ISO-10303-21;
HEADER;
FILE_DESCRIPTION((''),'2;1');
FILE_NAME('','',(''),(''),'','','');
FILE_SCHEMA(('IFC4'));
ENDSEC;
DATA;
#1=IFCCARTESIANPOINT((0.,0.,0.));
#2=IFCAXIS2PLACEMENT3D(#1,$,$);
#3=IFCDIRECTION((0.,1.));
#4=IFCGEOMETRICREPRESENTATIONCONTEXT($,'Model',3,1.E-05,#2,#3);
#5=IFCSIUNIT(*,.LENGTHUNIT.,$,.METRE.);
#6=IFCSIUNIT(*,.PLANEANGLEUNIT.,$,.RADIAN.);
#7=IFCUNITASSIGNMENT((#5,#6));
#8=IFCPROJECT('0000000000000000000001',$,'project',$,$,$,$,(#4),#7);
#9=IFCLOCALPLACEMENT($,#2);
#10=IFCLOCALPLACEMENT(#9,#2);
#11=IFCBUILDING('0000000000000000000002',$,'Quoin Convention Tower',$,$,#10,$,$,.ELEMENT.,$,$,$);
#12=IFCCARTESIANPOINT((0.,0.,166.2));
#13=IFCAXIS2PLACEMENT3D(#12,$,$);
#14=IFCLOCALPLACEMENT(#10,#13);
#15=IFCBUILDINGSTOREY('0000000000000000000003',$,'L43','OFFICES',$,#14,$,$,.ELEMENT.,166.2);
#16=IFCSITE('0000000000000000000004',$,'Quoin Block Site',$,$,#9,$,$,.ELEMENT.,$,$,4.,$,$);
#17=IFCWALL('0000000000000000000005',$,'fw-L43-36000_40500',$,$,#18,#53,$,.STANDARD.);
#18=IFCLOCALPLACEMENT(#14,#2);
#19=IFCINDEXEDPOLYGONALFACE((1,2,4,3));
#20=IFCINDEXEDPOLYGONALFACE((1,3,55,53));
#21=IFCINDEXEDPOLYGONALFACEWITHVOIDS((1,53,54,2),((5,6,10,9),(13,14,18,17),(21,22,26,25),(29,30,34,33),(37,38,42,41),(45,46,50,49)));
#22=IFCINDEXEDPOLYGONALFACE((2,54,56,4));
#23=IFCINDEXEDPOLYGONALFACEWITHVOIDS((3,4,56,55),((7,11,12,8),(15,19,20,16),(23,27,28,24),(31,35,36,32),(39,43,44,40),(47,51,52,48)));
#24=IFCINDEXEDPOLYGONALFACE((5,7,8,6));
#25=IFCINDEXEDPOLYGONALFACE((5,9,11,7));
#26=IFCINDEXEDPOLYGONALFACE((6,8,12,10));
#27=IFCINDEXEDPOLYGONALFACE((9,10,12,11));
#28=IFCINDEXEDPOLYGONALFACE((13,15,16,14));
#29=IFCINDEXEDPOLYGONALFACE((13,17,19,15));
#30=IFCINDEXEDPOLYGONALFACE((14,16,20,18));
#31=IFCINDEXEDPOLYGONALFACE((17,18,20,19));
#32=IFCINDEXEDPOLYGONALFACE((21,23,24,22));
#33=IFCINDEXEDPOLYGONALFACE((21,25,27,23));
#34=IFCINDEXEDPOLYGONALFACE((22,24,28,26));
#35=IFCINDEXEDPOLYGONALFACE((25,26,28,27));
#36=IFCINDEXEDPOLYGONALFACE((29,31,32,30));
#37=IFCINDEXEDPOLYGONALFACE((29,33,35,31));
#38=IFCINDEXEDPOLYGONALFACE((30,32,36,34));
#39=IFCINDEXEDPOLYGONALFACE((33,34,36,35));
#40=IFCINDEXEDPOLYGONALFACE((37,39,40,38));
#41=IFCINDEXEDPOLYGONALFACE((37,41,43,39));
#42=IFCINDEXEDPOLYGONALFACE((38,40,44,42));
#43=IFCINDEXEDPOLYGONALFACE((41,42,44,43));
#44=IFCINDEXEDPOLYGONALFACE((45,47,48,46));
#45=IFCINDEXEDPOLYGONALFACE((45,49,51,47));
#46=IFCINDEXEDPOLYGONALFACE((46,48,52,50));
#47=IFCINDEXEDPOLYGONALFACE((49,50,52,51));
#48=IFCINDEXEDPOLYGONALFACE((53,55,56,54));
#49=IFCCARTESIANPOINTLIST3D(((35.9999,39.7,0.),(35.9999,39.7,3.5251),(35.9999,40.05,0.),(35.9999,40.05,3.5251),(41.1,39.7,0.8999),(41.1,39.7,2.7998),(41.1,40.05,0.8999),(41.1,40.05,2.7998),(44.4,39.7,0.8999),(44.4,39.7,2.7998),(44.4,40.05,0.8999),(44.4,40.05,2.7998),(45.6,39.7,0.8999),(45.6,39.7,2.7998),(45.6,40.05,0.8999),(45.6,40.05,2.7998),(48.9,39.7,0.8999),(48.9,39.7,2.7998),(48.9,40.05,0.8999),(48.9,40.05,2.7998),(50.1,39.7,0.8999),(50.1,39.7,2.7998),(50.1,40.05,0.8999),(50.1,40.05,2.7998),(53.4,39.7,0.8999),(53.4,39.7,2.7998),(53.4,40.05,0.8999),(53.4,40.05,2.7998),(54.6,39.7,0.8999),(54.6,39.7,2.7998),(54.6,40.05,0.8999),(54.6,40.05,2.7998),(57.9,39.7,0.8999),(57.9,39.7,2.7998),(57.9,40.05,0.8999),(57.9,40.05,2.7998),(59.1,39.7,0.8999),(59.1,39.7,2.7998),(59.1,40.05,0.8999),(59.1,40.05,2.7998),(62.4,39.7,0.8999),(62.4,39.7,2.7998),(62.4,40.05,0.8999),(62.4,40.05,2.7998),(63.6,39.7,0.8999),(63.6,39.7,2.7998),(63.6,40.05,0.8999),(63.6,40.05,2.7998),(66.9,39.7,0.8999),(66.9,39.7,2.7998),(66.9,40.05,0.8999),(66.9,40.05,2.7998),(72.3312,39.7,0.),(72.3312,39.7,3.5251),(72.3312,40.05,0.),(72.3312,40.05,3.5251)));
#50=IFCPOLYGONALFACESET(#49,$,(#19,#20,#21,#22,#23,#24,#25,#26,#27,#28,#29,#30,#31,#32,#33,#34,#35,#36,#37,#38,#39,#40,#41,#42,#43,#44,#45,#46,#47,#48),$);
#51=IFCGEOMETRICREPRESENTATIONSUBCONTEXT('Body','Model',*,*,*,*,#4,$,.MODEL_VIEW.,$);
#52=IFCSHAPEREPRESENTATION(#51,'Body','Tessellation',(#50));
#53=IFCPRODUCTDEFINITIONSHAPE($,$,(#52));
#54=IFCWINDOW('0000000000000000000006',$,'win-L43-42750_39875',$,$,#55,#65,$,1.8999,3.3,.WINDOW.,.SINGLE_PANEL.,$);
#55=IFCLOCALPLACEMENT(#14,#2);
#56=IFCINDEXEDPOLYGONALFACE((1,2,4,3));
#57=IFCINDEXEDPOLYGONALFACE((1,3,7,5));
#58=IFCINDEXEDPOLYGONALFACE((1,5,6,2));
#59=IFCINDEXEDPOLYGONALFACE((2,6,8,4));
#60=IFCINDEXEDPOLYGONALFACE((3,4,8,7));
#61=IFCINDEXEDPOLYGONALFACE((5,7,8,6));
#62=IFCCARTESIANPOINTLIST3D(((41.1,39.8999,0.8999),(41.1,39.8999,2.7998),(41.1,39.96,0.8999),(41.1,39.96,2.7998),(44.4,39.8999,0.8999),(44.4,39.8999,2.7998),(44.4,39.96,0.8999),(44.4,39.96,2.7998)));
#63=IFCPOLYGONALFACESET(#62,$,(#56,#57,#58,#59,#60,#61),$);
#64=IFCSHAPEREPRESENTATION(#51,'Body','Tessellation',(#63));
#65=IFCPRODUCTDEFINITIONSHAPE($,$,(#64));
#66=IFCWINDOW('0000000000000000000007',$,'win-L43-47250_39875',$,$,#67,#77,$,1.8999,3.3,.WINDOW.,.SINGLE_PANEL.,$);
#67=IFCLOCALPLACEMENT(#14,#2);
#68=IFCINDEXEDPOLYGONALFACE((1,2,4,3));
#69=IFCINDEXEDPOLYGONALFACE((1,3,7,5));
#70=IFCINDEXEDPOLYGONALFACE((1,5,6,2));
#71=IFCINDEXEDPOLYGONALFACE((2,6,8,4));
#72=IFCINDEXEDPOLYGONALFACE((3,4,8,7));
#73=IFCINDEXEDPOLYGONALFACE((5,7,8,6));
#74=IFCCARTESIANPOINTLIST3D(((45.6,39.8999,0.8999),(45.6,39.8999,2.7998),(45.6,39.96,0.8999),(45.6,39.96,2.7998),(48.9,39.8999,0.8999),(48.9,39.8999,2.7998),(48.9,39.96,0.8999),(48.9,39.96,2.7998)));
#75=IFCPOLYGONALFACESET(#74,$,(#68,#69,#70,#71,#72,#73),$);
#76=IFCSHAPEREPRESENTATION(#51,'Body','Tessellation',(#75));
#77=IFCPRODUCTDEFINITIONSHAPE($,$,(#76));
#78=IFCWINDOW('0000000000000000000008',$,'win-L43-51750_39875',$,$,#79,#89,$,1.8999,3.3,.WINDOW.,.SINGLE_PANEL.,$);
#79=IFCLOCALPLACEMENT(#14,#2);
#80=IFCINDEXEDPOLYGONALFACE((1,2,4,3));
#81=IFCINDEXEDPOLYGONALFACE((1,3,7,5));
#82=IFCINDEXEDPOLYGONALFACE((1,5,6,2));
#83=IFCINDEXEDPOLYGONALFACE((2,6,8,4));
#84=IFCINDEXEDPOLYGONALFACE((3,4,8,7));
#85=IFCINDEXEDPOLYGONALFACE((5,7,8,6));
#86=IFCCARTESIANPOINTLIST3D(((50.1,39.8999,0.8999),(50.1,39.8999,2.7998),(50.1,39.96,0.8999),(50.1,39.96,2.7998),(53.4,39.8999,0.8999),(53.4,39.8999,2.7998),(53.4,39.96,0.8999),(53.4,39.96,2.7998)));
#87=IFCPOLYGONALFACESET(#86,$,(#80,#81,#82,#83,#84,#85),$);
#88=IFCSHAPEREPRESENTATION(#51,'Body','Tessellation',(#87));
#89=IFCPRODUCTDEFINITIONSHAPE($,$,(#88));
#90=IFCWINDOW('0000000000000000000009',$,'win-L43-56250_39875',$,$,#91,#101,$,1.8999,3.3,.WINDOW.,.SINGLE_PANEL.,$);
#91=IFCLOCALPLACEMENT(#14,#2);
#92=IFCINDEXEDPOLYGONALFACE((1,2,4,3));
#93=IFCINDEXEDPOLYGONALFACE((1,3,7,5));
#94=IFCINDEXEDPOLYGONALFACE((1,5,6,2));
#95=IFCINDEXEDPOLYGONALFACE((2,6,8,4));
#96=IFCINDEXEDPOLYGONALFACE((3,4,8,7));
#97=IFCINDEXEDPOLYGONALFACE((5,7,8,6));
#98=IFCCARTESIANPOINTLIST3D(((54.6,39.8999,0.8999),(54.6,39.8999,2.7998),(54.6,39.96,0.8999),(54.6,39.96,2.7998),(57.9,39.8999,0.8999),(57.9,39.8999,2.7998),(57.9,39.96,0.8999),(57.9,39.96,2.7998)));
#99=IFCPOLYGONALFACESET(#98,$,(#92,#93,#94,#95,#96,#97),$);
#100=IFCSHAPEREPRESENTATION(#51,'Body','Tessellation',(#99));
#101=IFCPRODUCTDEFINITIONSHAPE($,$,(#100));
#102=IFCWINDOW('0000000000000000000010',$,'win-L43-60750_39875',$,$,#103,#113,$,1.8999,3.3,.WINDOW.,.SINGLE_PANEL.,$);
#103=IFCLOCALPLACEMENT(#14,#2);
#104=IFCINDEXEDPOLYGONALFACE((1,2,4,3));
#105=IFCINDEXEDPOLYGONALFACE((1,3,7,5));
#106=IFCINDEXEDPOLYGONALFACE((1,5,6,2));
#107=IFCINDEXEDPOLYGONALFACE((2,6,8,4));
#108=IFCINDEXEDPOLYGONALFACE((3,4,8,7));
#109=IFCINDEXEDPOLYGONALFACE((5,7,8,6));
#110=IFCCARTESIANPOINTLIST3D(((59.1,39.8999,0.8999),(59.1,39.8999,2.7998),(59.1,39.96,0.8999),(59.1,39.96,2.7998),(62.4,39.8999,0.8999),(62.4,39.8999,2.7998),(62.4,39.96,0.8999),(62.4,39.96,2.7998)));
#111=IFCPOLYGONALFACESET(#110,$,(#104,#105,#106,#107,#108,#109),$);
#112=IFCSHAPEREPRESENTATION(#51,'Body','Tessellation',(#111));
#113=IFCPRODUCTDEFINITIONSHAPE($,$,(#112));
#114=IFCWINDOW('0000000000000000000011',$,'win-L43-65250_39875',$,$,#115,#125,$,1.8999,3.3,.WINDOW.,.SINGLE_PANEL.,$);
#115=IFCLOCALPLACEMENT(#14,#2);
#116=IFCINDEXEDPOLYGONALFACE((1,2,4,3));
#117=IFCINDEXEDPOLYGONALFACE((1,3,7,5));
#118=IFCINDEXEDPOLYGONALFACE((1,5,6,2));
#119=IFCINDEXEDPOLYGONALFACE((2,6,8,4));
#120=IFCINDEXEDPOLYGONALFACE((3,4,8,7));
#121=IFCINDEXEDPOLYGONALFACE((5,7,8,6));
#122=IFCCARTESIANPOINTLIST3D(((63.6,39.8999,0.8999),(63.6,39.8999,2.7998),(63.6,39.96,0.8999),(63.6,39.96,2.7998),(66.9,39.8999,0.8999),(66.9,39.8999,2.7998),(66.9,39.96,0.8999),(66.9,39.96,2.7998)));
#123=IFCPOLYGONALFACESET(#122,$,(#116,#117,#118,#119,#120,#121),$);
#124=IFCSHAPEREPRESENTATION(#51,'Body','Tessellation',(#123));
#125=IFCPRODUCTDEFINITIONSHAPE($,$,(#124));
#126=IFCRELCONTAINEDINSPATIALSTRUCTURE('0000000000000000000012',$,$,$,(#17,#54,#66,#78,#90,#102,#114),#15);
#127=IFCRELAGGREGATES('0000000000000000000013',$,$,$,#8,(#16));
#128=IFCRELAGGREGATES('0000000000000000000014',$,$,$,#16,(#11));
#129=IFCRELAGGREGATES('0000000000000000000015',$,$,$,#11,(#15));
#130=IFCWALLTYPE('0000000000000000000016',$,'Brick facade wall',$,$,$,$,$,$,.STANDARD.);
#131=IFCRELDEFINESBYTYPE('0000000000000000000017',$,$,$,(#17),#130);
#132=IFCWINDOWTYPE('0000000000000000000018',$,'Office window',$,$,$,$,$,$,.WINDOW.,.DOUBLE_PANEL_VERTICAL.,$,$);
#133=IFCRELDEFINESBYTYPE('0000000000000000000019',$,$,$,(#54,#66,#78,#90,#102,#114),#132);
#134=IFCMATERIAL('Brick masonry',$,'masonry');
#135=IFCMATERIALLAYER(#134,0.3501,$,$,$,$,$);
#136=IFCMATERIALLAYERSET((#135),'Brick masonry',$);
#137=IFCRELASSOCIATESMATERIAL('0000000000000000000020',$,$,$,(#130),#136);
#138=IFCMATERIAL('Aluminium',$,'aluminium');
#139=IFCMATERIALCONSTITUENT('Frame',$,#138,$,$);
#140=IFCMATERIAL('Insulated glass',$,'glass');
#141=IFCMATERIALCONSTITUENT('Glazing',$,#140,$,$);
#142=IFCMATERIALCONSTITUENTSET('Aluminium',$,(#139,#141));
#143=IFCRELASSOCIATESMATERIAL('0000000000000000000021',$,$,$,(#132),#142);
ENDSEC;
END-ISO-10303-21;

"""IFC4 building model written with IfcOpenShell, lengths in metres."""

from ifc_helpers import new_model, si_unit, direction, frame, frame_2d, origin, place, context, subcontext, project, spatial, rectangle, extrude, material, layer, layer_set, constituent, constituent_set, type_object, element, fill, save


model = new_model("IFC4")

# Units and contexts
model_context = context("Model", 3, precision=1e-05, world=origin(), true_north=direction((0.0, 1.0)))
body_context = subcontext(model_context, "Body", "Model", "MODEL_VIEW")
ifc_project = project(units=[si_unit("LENGTHUNIT", "METRE"), si_unit("PLANEANGLEUNIT", "RADIAN")], contexts=[model_context])

# Site, building, storey
site_placement = place(None, origin())
site = spatial("IfcSite", under=ifc_project, at=site_placement, Name="Quoin Block Site", CompositionType="ELEMENT", RefElevation=4.0)
building_placement = place(site_placement, origin())
building = spatial("IfcBuilding", under=site, at=building_placement, Name="Quoin Convention Tower", CompositionType="ELEMENT")
storey_placement = place(building_placement, frame((0.0, 0.0, 166.2)))
storey = spatial("IfcBuildingStorey", under=building, at=storey_placement, Name="L43", Description="OFFICES", CompositionType="ELEMENT", Elevation=166.2)

# Wall, openings, windows
ifc_material_1 = material(Name="Brick masonry", Category="masonry")
ifc_layer_1 = layer(ifc_material_1, 0.3501)
ifc_layer_set_1 = layer_set([ifc_layer_1], Name="Brick masonry")
wall_type = type_object("IfcWallType", Name="Brick facade wall", PredefinedType="STANDARD", material=ifc_layer_set_1)
wall_1_placement = place(storey_placement, frame((36.0, 39.875, 0.0), z_axis=(0.0, 0.0, 1.0), x_axis=(1.0, 0.0, 0.0)))
wall_1 = element("IfcWall", 1, at=wall_1_placement, inside=storey, type_object=wall_type, Name="fw-L43-36000_40500", PredefinedType="STANDARD", context=body_context, shape_type="SweptSolid", body=[
    extrude(rectangle(XDim=36.3313, YDim=0.3501, at=frame_2d((18.1655, 0.0))), origin(), (0.0, 0.0, 1.0), 3.5251),
])
opening_1_placement = place(wall_1_placement, frame((5.1001, 0.0, 0.8999)))
opening_1 = element("IfcOpeningElement", 2, at=opening_1_placement, cuts=wall_1, PredefinedType="OPENING", context=body_context, shape_type="SweptSolid", body=[
    extrude(rectangle(XDim=3.3, YDim=1.8999, at=frame_2d((1.6499, 0.95))), frame((0.0, 0.1851, 0.0), z_axis=(0.0, -1.0, 0.0), x_axis=(1.0, 0.0, 0.0)), (0.0, 0.0, 1.0), 0.3701),
])
opening_2_placement = place(wall_1_placement, frame((9.6001, 0.0, 0.8999)))
opening_2 = element("IfcOpeningElement", 3, at=opening_2_placement, cuts=wall_1, PredefinedType="OPENING", context=body_context, shape_type="SweptSolid", body=[
    extrude(rectangle(XDim=3.3, YDim=1.8999, at=frame_2d((1.6499, 0.95))), frame((0.0, 0.1851, 0.0), z_axis=(0.0, -1.0, 0.0), x_axis=(1.0, 0.0, 0.0)), (0.0, 0.0, 1.0), 0.3701),
])
opening_3_placement = place(wall_1_placement, frame((14.1001, 0.0, 0.8999)))
opening_3 = element("IfcOpeningElement", 4, at=opening_3_placement, cuts=wall_1, PredefinedType="OPENING", context=body_context, shape_type="SweptSolid", body=[
    extrude(rectangle(XDim=3.3, YDim=1.8999, at=frame_2d((1.6499, 0.95))), frame((0.0, 0.1851, 0.0), z_axis=(0.0, -1.0, 0.0), x_axis=(1.0, 0.0, 0.0)), (0.0, 0.0, 1.0), 0.3701),
])
opening_4_placement = place(wall_1_placement, frame((18.6001, 0.0, 0.8999)))
opening_4 = element("IfcOpeningElement", 5, at=opening_4_placement, cuts=wall_1, PredefinedType="OPENING", context=body_context, shape_type="SweptSolid", body=[
    extrude(rectangle(XDim=3.3, YDim=1.8999, at=frame_2d((1.6499, 0.95))), frame((0.0, 0.1851, 0.0), z_axis=(0.0, -1.0, 0.0), x_axis=(1.0, 0.0, 0.0)), (0.0, 0.0, 1.0), 0.3701),
])
opening_5_placement = place(wall_1_placement, frame((23.1001, 0.0, 0.8999)))
opening_5 = element("IfcOpeningElement", 6, at=opening_5_placement, cuts=wall_1, PredefinedType="OPENING", context=body_context, shape_type="SweptSolid", body=[
    extrude(rectangle(XDim=3.3, YDim=1.8999, at=frame_2d((1.6499, 0.95))), frame((0.0, 0.1851, 0.0), z_axis=(0.0, -1.0, 0.0), x_axis=(1.0, 0.0, 0.0)), (0.0, 0.0, 1.0), 0.3701),
])
opening_6_placement = place(wall_1_placement, frame((27.6001, 0.0, 0.8999)))
opening_6 = element("IfcOpeningElement", 7, at=opening_6_placement, cuts=wall_1, PredefinedType="OPENING", context=body_context, shape_type="SweptSolid", body=[
    extrude(rectangle(XDim=3.3, YDim=1.8999, at=frame_2d((1.6499, 0.95))), frame((0.0, 0.1851, 0.0), z_axis=(0.0, -1.0, 0.0), x_axis=(1.0, 0.0, 0.0)), (0.0, 0.0, 1.0), 0.3701),
])
ifc_material_2 = material(Name="Aluminium", Category="aluminium")
ifc_constituent_1 = constituent(ifc_material_2, Name="Frame")
ifc_material_3 = material(Name="Insulated glass", Category="glass")
ifc_constituent_2 = constituent(ifc_material_3, Name="Glazing")
ifc_constituent_set = constituent_set(constituents=[ifc_constituent_1, ifc_constituent_2], Name="Aluminium")
window_type = type_object("IfcWindowType", Name="Office window", PartitioningType="DOUBLE_PANEL_VERTICAL", PredefinedType="WINDOW", material=ifc_constituent_set)
window_1_placement = place(opening_1_placement, origin())
window_1 = element("IfcWindow", 8, at=window_1_placement, inside=storey, type_object=window_type, Name="win-L43-42750_39875", OverallHeight=1.8999, OverallWidth=3.3, PartitioningType="SINGLE_PANEL", PredefinedType="WINDOW", context=body_context, shape_type="SweptSolid", body=[
    extrude(rectangle(XDim=3.3, YDim=1.8999, at=frame_2d((1.6499, 0.95))), frame((0.0, 0.085, 0.0), z_axis=(0.0, -1.0, 0.0), x_axis=(1.0, 0.0, 0.0)), (0.0, 0.0, 1.0), 0.0601),
])
fill(opening_1, window_1)
window_2_placement = place(opening_2_placement, origin())
window_2 = element("IfcWindow", 9, at=window_2_placement, inside=storey, type_object=window_type, Name="win-L43-47250_39875", OverallHeight=1.8999, OverallWidth=3.3, PartitioningType="SINGLE_PANEL", PredefinedType="WINDOW", context=body_context, shape_type="SweptSolid", body=[
    extrude(rectangle(XDim=3.3, YDim=1.8999, at=frame_2d((1.6499, 0.95))), frame((0.0, 0.085, 0.0), z_axis=(0.0, -1.0, 0.0), x_axis=(1.0, 0.0, 0.0)), (0.0, 0.0, 1.0), 0.0601),
])
fill(opening_2, window_2)
window_3_placement = place(opening_3_placement, origin())
window_3 = element("IfcWindow", 10, at=window_3_placement, inside=storey, type_object=window_type, Name="win-L43-51750_39875", OverallHeight=1.8999, OverallWidth=3.3, PartitioningType="SINGLE_PANEL", PredefinedType="WINDOW", context=body_context, shape_type="SweptSolid", body=[
    extrude(rectangle(XDim=3.3, YDim=1.8999, at=frame_2d((1.6499, 0.95))), frame((0.0, 0.085, 0.0), z_axis=(0.0, -1.0, 0.0), x_axis=(1.0, 0.0, 0.0)), (0.0, 0.0, 1.0), 0.0601),
])
fill(opening_3, window_3)
window_4_placement = place(opening_4_placement, origin())
window_4 = element("IfcWindow", 11, at=window_4_placement, inside=storey, type_object=window_type, Name="win-L43-56250_39875", OverallHeight=1.8999, OverallWidth=3.3, PartitioningType="SINGLE_PANEL", PredefinedType="WINDOW", context=body_context, shape_type="SweptSolid", body=[
    extrude(rectangle(XDim=3.3, YDim=1.8999, at=frame_2d((1.6499, 0.95))), frame((0.0, 0.085, 0.0), z_axis=(0.0, -1.0, 0.0), x_axis=(1.0, 0.0, 0.0)), (0.0, 0.0, 1.0), 0.0601),
])
fill(opening_4, window_4)
window_5_placement = place(opening_5_placement, origin())
window_5 = element("IfcWindow", 12, at=window_5_placement, inside=storey, type_object=window_type, Name="win-L43-60750_39875", OverallHeight=1.8999, OverallWidth=3.3, PartitioningType="SINGLE_PANEL", PredefinedType="WINDOW", context=body_context, shape_type="SweptSolid", body=[
    extrude(rectangle(XDim=3.3, YDim=1.8999, at=frame_2d((1.6499, 0.95))), frame((0.0, 0.085, 0.0), z_axis=(0.0, -1.0, 0.0), x_axis=(1.0, 0.0, 0.0)), (0.0, 0.0, 1.0), 0.0601),
])
fill(opening_5, window_5)
window_6_placement = place(opening_6_placement, origin())
window_6 = element("IfcWindow", 13, at=window_6_placement, inside=storey, type_object=window_type, Name="win-L43-65250_39875", OverallHeight=1.8999, OverallWidth=3.3, PartitioningType="SINGLE_PANEL", PredefinedType="WINDOW", context=body_context, shape_type="SweptSolid", body=[
    extrude(rectangle(XDim=3.3, YDim=1.8999, at=frame_2d((1.6499, 0.95))), frame((0.0, 0.085, 0.0), z_axis=(0.0, -1.0, 0.0), x_axis=(1.0, 0.0, 0.0)), (0.0, 0.0, 1.0), 0.0601),
])
fill(opening_6, window_6)

save(model, "model.ifc")
